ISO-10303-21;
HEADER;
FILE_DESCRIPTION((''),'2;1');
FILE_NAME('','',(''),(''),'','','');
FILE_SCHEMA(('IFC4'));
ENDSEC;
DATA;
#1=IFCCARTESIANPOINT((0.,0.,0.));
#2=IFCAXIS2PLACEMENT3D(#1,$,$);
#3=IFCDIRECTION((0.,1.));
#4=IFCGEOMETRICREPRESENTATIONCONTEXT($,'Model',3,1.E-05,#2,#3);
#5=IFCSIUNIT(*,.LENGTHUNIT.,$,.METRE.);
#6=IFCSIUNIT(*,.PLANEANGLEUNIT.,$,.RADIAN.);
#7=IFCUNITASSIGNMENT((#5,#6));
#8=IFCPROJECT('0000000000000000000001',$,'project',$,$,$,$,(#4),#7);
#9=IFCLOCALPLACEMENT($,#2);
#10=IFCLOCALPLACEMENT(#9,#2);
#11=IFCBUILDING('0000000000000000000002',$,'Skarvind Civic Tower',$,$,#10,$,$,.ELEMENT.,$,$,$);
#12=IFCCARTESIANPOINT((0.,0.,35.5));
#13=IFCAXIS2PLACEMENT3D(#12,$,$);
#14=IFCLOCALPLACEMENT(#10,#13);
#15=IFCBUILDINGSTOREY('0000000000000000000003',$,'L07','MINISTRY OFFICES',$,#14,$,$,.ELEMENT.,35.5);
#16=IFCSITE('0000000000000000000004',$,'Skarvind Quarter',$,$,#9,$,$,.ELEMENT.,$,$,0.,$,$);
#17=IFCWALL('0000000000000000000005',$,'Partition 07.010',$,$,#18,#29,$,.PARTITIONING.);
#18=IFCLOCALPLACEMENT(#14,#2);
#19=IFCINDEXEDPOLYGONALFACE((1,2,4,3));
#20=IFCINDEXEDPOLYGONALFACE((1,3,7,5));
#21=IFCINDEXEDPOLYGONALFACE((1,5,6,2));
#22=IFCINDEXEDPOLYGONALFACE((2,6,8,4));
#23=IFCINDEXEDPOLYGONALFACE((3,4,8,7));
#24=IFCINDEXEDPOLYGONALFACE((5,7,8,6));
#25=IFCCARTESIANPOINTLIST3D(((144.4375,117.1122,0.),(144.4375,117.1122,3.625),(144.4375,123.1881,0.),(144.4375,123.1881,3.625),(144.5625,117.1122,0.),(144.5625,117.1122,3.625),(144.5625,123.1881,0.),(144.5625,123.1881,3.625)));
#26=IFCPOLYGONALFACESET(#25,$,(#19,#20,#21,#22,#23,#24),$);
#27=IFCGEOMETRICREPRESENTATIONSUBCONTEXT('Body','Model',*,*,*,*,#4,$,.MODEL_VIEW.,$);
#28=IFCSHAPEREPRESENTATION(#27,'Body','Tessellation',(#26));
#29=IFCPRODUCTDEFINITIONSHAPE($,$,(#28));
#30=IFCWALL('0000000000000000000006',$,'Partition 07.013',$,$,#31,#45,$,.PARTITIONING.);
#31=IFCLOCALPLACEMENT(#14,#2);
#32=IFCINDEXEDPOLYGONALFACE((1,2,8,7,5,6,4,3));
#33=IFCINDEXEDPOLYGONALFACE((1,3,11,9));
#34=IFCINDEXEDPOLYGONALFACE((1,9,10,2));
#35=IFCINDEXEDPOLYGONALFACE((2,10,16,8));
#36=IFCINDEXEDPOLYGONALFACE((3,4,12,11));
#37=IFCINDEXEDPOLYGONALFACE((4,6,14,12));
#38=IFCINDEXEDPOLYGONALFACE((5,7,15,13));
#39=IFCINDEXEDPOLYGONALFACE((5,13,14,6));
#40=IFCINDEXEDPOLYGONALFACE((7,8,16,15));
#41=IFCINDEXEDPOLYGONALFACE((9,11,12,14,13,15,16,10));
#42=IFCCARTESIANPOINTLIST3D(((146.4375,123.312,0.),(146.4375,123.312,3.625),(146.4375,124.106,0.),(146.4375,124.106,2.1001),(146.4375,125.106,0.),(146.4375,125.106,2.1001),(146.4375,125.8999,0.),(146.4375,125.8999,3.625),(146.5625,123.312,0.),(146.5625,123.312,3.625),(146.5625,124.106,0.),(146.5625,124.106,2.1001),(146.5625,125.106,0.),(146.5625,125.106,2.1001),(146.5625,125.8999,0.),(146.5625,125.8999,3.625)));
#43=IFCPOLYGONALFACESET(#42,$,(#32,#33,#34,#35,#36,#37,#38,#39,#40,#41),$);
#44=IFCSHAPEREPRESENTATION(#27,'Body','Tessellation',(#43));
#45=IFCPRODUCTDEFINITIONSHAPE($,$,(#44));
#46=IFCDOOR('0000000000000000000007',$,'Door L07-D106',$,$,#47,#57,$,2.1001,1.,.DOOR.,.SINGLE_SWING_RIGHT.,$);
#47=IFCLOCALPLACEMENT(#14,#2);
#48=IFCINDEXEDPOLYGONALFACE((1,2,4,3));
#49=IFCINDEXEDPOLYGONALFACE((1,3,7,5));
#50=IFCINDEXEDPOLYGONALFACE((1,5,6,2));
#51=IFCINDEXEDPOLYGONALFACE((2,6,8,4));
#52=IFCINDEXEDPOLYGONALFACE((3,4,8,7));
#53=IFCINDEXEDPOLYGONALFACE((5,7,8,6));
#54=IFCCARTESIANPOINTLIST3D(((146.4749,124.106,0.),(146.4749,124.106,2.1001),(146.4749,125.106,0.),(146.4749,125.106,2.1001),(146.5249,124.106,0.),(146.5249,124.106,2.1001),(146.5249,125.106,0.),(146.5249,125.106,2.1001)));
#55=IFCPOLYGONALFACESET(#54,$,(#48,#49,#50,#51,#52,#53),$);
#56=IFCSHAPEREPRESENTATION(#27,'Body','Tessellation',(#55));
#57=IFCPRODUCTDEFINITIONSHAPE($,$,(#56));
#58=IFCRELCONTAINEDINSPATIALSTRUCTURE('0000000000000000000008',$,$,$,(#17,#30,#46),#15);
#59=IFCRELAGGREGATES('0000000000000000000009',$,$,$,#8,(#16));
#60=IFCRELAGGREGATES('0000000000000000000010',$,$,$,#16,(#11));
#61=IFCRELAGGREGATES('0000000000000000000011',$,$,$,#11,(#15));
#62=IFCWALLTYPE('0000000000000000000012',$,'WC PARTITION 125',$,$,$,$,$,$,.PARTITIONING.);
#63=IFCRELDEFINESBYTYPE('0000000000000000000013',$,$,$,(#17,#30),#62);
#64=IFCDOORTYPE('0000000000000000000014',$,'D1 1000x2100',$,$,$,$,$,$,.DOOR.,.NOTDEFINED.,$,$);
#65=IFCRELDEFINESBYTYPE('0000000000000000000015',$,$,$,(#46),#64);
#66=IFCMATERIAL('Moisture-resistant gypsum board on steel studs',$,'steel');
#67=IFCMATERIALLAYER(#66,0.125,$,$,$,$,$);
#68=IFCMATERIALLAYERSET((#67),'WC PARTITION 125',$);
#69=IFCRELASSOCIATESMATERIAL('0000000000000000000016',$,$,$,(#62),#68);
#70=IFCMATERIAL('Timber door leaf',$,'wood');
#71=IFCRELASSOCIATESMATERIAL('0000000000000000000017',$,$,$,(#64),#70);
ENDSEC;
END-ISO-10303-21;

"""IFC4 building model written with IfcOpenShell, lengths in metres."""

from ifc_helpers import new_model, si_unit, direction, frame, frame_2d, origin, place, context, subcontext, project, spatial, rectangle, extrude, material, layer, layer_set, type_object, element, fill, save


model = new_model("IFC4")

# Units and contexts
model_context = context("Model", 3, precision=1e-05, world=origin(), true_north=direction((0.0, 1.0)))
body_context = subcontext(model_context, "Body", "Model", "MODEL_VIEW")
ifc_project = project(units=[si_unit("LENGTHUNIT", "METRE"), si_unit("PLANEANGLEUNIT", "RADIAN")], contexts=[model_context])

# Site, building, storey
site_placement = place(None, origin())
site = spatial("IfcSite", under=ifc_project, at=site_placement, Name="Skarvind Quarter", CompositionType="ELEMENT", RefElevation=0.0)
building_placement = place(site_placement, origin())
building = spatial("IfcBuilding", under=site, at=building_placement, Name="Skarvind Civic Tower", CompositionType="ELEMENT")
storey_placement = place(building_placement, frame((0.0, 0.0, 35.5)))
storey = spatial("IfcBuildingStorey", under=building, at=storey_placement, Name="L07", Description="MINISTRY OFFICES", CompositionType="ELEMENT", Elevation=35.5)

# Shared definitions
ifc_material_1 = material(Name="Moisture-resistant gypsum board on steel studs", Category="steel")
ifc_layer_1 = layer(ifc_material_1, 0.125)
ifc_layer_set_1 = layer_set([ifc_layer_1], Name="WC PARTITION 125")
wall_type_1 = type_object("IfcWallType", Name="WC PARTITION 125", PredefinedType="PARTITIONING", material=ifc_layer_set_1)

# Shared definitions
ifc_material_2 = material(Name="Timber door leaf", Category="wood")

# Wall
wall_1_placement = place(storey_placement, frame((144.5, 117.1121, 0.0), z_axis=(0.0, 0.0, 1.0), x_axis=(0.0, 1.0, 0.0)))
element("IfcWall", 1, at=wall_1_placement, inside=storey, type_object=wall_type_1, Name="Partition 07.010", PredefinedType="PARTITIONING", context=body_context, shape_type="SweptSolid", body=[
    extrude(rectangle(XDim=6.0759, YDim=0.125, at=frame_2d((3.0381, 0.0))), origin(), (0.0, 0.0, 1.0), 3.625),
])

# Wall, opening, door
wall_2_placement = place(storey_placement, frame((146.5, 125.8999, 0.0), z_axis=(0.0, 0.0, 1.0), x_axis=(0.0, -1.0, 0.0)))
wall_2 = element("IfcWall", 2, at=wall_2_placement, inside=storey, type_object=wall_type_1, Name="Partition 07.013", PredefinedType="PARTITIONING", context=body_context, shape_type="SweptSolid", body=[
    extrude(rectangle(XDim=2.5879, YDim=0.125, at=frame_2d((1.2939, 0.0))), origin(), (0.0, 0.0, 1.0), 3.625),
])
opening_1_placement = place(wall_2_placement, frame((0.7939, 0.0, 0.0)))
opening_1 = element("IfcOpeningElement", 3, at=opening_1_placement, cuts=wall_2, PredefinedType="OPENING", context=body_context, shape_type="SweptSolid", body=[
    extrude(rectangle(XDim=1.0, YDim=2.1001, at=frame_2d((0.5, 1.05))), frame((0.0, 0.0725, 0.0), z_axis=(0.0, -1.0, 0.0), x_axis=(1.0, 0.0, 0.0)), (0.0, 0.0, 1.0), 0.145),
])
door_type_1 = type_object("IfcDoorType", Name="D1 1000x2100", OperationType="NOTDEFINED", PredefinedType="DOOR", material=ifc_material_2)
door_1_placement = place(opening_1_placement, origin())
door_1 = element("IfcDoor", 4, at=door_1_placement, inside=storey, type_object=door_type_1, Name="Door L07-D106", OperationType="SINGLE_SWING_RIGHT", OverallHeight=2.1001, OverallWidth=1.0, PredefinedType="DOOR", context=body_context, shape_type="SweptSolid", body=[
    extrude(rectangle(XDim=1.0, YDim=2.1001, at=frame_2d((0.5, 1.05))), frame((0.0, 0.0249, 0.0), z_axis=(0.0, -1.0, 0.0), x_axis=(1.0, 0.0, 0.0)), (0.0, 0.0, 1.0), 0.05),
])
fill(opening_1, door_1)

save(model, "model.ifc")
